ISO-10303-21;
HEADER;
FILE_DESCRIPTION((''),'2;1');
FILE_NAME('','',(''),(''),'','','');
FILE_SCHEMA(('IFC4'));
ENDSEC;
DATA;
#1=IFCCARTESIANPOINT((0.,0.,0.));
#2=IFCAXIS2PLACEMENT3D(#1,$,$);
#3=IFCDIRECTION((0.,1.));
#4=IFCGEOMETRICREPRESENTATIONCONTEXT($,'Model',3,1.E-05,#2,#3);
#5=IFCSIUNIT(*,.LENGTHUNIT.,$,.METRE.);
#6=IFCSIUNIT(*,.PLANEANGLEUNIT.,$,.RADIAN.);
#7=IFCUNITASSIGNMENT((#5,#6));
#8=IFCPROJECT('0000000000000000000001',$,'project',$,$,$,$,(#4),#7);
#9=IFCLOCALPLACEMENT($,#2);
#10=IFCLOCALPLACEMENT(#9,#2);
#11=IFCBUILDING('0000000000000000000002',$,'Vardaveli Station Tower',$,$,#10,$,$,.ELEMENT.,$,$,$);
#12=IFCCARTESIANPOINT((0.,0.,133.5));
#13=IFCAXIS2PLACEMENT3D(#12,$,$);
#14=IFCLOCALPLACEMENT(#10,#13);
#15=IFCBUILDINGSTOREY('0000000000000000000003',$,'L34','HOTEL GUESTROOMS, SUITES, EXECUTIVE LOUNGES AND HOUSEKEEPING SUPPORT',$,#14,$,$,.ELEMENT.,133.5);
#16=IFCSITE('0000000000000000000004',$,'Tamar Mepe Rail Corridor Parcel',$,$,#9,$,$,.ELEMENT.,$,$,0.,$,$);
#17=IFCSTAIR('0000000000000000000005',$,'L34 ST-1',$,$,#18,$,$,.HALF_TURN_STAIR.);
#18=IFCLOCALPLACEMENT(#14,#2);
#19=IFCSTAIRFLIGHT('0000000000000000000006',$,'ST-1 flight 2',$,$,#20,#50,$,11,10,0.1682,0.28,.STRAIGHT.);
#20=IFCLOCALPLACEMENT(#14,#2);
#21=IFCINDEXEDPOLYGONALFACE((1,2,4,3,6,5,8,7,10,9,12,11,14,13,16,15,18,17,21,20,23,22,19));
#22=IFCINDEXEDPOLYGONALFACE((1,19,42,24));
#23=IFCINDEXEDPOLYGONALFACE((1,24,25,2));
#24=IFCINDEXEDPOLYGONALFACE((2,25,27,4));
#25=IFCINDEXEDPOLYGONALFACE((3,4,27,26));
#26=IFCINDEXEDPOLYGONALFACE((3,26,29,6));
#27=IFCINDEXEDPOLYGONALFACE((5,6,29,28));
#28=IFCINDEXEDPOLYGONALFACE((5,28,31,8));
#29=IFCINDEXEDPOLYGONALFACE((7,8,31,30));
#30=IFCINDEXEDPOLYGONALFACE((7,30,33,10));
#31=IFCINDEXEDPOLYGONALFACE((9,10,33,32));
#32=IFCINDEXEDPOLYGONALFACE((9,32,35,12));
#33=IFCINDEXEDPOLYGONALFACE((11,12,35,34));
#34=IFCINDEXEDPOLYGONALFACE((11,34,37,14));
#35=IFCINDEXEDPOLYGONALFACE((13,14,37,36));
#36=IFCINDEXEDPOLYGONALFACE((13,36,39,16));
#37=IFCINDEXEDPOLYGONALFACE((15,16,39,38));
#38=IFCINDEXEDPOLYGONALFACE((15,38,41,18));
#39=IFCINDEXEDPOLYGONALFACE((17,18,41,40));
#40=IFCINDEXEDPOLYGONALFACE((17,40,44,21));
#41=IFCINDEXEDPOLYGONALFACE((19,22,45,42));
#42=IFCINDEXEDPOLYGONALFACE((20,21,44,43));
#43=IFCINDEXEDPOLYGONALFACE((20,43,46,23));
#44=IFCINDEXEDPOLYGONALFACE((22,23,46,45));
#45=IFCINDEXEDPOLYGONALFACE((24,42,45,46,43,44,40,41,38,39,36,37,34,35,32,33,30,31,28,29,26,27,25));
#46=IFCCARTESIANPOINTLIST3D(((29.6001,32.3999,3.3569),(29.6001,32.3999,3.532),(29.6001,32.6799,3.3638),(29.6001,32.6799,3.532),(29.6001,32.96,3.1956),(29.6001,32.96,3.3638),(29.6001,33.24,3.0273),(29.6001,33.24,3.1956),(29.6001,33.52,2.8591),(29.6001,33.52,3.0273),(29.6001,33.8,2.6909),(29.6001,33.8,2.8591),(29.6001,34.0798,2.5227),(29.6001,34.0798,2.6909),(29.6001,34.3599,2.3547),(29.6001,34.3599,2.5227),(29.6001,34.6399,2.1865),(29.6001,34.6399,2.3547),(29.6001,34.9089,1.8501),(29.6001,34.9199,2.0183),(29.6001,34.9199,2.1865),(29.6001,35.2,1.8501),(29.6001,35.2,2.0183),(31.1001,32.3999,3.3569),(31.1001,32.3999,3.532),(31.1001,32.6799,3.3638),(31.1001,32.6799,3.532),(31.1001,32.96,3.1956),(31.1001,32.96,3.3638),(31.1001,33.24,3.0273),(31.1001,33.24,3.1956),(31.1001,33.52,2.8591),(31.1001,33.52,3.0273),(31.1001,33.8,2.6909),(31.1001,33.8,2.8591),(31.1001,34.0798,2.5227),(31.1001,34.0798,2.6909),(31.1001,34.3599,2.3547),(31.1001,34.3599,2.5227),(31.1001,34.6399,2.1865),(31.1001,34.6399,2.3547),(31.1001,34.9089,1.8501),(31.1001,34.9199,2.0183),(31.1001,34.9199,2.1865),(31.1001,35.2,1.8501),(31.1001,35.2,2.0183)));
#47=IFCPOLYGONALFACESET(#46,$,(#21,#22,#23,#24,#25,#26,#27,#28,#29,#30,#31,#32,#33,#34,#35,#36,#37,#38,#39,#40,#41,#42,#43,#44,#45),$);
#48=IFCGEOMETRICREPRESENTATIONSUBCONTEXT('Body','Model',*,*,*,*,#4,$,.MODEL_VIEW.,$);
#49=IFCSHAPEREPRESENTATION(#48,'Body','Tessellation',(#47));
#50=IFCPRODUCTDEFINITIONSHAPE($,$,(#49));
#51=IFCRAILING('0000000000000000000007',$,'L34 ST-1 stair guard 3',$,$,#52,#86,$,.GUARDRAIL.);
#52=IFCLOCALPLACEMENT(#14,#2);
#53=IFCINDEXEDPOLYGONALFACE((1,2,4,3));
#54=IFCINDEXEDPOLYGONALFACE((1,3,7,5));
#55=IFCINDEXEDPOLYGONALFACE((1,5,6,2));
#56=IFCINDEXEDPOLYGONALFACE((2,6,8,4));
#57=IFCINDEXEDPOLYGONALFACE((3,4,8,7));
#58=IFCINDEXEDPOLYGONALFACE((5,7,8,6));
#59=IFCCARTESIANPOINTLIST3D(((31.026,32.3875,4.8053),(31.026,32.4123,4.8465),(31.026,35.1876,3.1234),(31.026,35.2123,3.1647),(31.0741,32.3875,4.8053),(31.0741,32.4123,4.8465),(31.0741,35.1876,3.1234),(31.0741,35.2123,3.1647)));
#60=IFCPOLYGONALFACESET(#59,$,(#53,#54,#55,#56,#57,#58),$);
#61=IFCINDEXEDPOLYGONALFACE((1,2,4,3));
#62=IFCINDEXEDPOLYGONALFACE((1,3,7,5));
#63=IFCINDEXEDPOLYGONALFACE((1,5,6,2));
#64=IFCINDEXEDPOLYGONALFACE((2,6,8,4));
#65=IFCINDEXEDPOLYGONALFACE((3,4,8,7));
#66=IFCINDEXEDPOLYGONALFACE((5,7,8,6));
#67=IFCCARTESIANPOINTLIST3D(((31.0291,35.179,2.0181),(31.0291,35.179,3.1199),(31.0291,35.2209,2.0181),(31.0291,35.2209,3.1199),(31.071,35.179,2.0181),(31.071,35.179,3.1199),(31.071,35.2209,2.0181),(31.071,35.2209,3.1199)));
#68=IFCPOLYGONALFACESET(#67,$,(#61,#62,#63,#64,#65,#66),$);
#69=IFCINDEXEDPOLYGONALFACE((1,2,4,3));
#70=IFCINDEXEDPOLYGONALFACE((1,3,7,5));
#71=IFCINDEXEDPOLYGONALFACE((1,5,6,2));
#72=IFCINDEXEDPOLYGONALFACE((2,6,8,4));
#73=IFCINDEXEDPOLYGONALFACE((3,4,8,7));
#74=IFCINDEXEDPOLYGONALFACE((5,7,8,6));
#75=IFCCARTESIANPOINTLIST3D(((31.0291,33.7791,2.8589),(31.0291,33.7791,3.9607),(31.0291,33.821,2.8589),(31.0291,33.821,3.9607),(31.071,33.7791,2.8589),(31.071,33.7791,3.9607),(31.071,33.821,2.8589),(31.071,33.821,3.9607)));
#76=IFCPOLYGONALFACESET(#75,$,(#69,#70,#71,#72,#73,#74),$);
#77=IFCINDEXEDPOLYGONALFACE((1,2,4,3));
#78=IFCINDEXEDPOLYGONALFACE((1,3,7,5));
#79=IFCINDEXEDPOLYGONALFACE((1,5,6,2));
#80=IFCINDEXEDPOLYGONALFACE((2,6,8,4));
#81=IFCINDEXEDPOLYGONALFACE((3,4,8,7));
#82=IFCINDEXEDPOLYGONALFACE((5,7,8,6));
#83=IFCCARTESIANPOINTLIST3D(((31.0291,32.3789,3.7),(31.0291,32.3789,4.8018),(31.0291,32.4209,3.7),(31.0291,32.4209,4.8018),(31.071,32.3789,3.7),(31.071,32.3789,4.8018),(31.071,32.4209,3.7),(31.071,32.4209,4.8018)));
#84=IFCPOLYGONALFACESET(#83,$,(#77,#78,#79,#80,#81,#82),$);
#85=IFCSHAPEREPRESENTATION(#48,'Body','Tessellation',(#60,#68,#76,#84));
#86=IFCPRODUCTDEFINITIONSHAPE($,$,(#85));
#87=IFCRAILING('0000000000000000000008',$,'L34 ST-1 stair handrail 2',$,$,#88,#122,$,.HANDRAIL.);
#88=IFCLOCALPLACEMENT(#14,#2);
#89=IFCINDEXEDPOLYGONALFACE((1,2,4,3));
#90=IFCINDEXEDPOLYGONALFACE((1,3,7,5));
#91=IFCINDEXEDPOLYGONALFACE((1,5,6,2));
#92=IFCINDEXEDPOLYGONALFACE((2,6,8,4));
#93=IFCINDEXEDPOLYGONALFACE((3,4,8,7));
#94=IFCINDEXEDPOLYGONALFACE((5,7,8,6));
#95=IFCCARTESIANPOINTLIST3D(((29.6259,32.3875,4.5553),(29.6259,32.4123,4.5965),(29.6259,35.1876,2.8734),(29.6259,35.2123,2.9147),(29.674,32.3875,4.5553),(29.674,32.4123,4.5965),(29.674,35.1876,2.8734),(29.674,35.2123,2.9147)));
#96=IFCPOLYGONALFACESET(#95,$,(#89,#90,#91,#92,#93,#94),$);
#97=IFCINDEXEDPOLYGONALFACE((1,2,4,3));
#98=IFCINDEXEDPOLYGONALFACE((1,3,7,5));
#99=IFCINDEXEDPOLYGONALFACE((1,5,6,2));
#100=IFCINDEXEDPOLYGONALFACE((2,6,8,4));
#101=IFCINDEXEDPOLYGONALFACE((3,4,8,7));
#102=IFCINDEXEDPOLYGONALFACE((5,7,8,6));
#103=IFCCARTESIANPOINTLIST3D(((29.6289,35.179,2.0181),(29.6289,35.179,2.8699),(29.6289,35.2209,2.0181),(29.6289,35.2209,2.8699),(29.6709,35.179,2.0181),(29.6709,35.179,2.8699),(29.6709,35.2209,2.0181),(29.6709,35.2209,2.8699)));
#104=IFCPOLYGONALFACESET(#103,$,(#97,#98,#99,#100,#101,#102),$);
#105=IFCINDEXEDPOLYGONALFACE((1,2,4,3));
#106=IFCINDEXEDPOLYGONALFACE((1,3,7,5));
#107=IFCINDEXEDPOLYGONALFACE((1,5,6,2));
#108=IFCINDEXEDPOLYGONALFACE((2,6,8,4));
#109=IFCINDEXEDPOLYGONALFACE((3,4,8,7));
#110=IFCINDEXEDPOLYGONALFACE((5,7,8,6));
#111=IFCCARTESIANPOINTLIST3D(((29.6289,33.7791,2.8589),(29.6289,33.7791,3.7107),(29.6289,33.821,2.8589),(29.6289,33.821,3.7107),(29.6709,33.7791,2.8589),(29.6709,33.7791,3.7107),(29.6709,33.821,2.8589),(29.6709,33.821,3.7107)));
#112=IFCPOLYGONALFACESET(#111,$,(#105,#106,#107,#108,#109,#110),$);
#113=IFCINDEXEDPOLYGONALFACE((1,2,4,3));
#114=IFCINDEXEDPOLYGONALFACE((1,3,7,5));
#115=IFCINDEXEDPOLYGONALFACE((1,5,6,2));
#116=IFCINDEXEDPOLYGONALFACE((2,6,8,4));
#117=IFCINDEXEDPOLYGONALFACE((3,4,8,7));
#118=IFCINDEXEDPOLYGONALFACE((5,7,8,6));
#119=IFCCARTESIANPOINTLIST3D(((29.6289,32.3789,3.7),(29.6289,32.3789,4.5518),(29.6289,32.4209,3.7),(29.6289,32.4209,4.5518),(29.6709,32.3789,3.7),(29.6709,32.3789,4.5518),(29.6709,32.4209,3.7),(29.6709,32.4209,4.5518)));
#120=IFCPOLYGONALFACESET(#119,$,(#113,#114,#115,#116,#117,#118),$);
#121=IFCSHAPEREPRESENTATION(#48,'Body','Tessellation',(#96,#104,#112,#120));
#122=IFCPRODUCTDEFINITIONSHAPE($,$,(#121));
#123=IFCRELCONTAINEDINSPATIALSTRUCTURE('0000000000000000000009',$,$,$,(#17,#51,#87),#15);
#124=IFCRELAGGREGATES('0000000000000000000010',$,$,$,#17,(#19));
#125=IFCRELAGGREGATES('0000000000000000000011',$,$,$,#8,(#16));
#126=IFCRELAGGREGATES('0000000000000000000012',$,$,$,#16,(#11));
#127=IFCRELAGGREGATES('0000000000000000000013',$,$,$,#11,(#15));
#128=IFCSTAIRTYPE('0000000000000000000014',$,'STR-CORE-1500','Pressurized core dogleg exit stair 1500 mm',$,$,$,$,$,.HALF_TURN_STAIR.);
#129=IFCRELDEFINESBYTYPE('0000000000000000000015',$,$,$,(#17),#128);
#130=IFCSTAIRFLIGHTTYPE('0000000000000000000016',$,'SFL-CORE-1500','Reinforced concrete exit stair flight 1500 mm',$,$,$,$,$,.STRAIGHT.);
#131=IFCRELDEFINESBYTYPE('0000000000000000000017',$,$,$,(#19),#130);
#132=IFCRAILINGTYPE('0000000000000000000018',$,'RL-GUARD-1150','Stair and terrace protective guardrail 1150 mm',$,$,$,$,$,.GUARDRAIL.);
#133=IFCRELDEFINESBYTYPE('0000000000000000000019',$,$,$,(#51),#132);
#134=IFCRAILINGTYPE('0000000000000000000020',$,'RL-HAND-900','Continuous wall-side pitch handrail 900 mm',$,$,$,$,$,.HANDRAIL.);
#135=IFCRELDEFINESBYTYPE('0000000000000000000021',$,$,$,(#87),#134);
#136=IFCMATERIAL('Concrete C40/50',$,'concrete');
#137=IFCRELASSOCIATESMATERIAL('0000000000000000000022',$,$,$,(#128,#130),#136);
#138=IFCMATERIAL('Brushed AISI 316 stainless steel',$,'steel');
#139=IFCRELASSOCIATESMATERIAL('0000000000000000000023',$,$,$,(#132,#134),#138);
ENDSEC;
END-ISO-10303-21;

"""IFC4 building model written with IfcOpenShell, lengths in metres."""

from ifc_helpers import new_model, si_unit, direction, frame, origin, origin_2d, place, context, subcontext, project, spatial, polyline, rectangle, outline, extrude, source, transform, mapped, material, type_object, element, aggregate, save


model = new_model("IFC4")

# Units and contexts
model_context = context("Model", 3, precision=1e-05, world=origin(), true_north=direction((0.0, 1.0)))
body_context = subcontext(model_context, "Body", "Model", "MODEL_VIEW")
ifc_project = project(units=[si_unit("LENGTHUNIT", "METRE"), si_unit("PLANEANGLEUNIT", "RADIAN")], contexts=[model_context])

# Site, building, storey
site_placement = place(None, origin())
site = spatial("IfcSite", under=ifc_project, at=site_placement, Name="Tamar Mepe Rail Corridor Parcel", CompositionType="ELEMENT", RefElevation=0.0)
building_placement = place(site_placement, origin())
building = spatial("IfcBuilding", under=site, at=building_placement, Name="Vardaveli Station Tower", CompositionType="ELEMENT")
storey_placement = place(building_placement, frame((0.0, 0.0, 133.5)))
storey = spatial("IfcBuildingStorey", under=building, at=storey_placement, Name="L34", Description="HOTEL GUESTROOMS, SUITES, EXECUTIVE LOUNGES AND HOUSEKEEPING SUPPORT", CompositionType="ELEMENT", Elevation=133.5)

# Shared definitions
ifc_material_1 = material(Name="Concrete C40/50", Category="concrete")

# Stair, stair flight
stair_type = type_object("IfcStairType", Name="STR-CORE-1500", Description="Pressurized core dogleg exit stair 1500 mm", PredefinedType="HALF_TURN_STAIR", material=ifc_material_1)
stair_placement = place(storey_placement, origin())
stair = element("IfcStair", 1, at=stair_placement, inside=storey, type_object=stair_type, Name="L34 ST-1", PredefinedType="HALF_TURN_STAIR")
stair_flight_type = type_object("IfcStairFlightType", Name="SFL-CORE-1500", Description="Reinforced concrete exit stair flight 1500 mm", PredefinedType="STRAIGHT", material=ifc_material_1)
shared_shape_1 = source(origin(), body_context, "Body", "SweptSolid", [
    extrude(outline(polyline([(0.0, 0.0), (0.0, 0.1682), (0.28, 0.1682), (0.28, 0.3364), (0.5601, 0.3364), (0.5601, 0.5046), (0.8401, 0.5046), (0.8401, 0.6726), (1.1201, 0.6726), (1.1201, 0.8408), (1.3999, 0.8408), (1.3999, 1.009), (1.6799, 1.009), (1.6799, 1.1772), (1.96, 1.1772), (1.96, 1.3455), (2.24, 1.3455), (2.24, 1.5137), (2.52, 1.5137), (2.52, 1.6819), (2.8, 1.6819), (2.8, 1.8501), (2.8, 1.5068), (0.291, 0.0), (0.0, 0.0)])), frame((0.0, 0.75, 0.0), z_axis=(0.0, -1.0, 0.0), x_axis=(1.0, 0.0, 0.0)), (0.0, 0.0, 1.0), 1.5),
])
stair_flight_placement = place(storey_placement, frame((30.3501, 35.2, 1.8501), z_axis=(0.0, 0.0, 1.0), x_axis=(0.0, -1.0, 0.0)))
stair_flight = element("IfcStairFlight", 2, at=stair_flight_placement, type_object=stair_flight_type, Name="ST-1 flight 2", NumberOfRisers=11, NumberOfTreads=10, PredefinedType="STRAIGHT", RiserHeight=0.1682, TreadLength=0.28, context=body_context, shape_type="MappedRepresentation", body=[
    mapped(shared_shape_1, transform((0.0, 0.0, 0.0), scale=1.0)),
])
aggregate(stair, [stair_flight])

# Railings
ifc_material_2 = material(Name="Brushed AISI 316 stainless steel", Category="steel")
railing_type_1 = type_object("IfcRailingType", Name="RL-GUARD-1150", Description="Stair and terrace protective guardrail 1150 mm", PredefinedType="GUARDRAIL", material=ifc_material_2)
shared_shape_2 = source(origin(), body_context, "Body", "SweptSolid", [
    extrude(rectangle(XDim=0.0481, YDim=0.0481, at=origin_2d()), frame((0.0, 0.0, 1.126), z_axis=(0.0, -0.857242, 0.514913), x_axis=(1.0, 0.0, 0.0)), (0.0, 0.0, 1.0), 3.2664),
    extrude(rectangle(XDim=0.042, YDim=0.042, at=origin_2d()), origin(), (0.0, 0.0, 1.0), 1.1018),
    extrude(rectangle(XDim=0.042, YDim=0.042, at=origin_2d()), frame((0.0, -1.3999, 0.8408)), (0.0, 0.0, 1.0), 1.1018),
    extrude(rectangle(XDim=0.042, YDim=0.042, at=origin_2d()), frame((0.0, -2.8, 1.6819)), (0.0, 0.0, 1.0), 1.1018),
])
railing_1_placement = place(storey_placement, frame((31.05, 35.2, 2.0181)))
element("IfcRailing", 3, at=railing_1_placement, inside=storey, type_object=railing_type_1, Name="L34 ST-1 stair guard 3", PredefinedType="GUARDRAIL", context=body_context, shape_type="MappedRepresentation", body=[
    mapped(shared_shape_2, transform((0.0, 0.0, 0.0), scale=1.0)),
])
railing_type_2 = type_object("IfcRailingType", Name="RL-HAND-900", Description="Continuous wall-side pitch handrail 900 mm", PredefinedType="HANDRAIL", material=ifc_material_2)
shared_shape_3 = source(origin(), body_context, "Body", "SweptSolid", [
    extrude(rectangle(XDim=0.0481, YDim=0.0481, at=origin_2d()), frame((0.0, 0.0, 0.876), z_axis=(0.0, -0.857242, 0.514913), x_axis=(1.0, 0.0, 0.0)), (0.0, 0.0, 1.0), 3.2664),
    extrude(rectangle(XDim=0.042, YDim=0.042, at=origin_2d()), origin(), (0.0, 0.0, 1.0), 0.8518),
    extrude(rectangle(XDim=0.042, YDim=0.042, at=origin_2d()), frame((0.0, -1.3999, 0.8408)), (0.0, 0.0, 1.0), 0.8518),
    extrude(rectangle(XDim=0.042, YDim=0.042, at=origin_2d()), frame((0.0, -2.8, 1.6819)), (0.0, 0.0, 1.0), 0.8518),
])
railing_2_placement = place(storey_placement, frame((29.6499, 35.2, 2.0181)))
element("IfcRailing", 4, at=railing_2_placement, inside=storey, type_object=railing_type_2, Name="L34 ST-1 stair handrail 2", PredefinedType="HANDRAIL", context=body_context, shape_type="MappedRepresentation", body=[
    mapped(shared_shape_3, transform((0.0, 0.0, 0.0), scale=1.0)),
])

save(model, "model.ifc")
